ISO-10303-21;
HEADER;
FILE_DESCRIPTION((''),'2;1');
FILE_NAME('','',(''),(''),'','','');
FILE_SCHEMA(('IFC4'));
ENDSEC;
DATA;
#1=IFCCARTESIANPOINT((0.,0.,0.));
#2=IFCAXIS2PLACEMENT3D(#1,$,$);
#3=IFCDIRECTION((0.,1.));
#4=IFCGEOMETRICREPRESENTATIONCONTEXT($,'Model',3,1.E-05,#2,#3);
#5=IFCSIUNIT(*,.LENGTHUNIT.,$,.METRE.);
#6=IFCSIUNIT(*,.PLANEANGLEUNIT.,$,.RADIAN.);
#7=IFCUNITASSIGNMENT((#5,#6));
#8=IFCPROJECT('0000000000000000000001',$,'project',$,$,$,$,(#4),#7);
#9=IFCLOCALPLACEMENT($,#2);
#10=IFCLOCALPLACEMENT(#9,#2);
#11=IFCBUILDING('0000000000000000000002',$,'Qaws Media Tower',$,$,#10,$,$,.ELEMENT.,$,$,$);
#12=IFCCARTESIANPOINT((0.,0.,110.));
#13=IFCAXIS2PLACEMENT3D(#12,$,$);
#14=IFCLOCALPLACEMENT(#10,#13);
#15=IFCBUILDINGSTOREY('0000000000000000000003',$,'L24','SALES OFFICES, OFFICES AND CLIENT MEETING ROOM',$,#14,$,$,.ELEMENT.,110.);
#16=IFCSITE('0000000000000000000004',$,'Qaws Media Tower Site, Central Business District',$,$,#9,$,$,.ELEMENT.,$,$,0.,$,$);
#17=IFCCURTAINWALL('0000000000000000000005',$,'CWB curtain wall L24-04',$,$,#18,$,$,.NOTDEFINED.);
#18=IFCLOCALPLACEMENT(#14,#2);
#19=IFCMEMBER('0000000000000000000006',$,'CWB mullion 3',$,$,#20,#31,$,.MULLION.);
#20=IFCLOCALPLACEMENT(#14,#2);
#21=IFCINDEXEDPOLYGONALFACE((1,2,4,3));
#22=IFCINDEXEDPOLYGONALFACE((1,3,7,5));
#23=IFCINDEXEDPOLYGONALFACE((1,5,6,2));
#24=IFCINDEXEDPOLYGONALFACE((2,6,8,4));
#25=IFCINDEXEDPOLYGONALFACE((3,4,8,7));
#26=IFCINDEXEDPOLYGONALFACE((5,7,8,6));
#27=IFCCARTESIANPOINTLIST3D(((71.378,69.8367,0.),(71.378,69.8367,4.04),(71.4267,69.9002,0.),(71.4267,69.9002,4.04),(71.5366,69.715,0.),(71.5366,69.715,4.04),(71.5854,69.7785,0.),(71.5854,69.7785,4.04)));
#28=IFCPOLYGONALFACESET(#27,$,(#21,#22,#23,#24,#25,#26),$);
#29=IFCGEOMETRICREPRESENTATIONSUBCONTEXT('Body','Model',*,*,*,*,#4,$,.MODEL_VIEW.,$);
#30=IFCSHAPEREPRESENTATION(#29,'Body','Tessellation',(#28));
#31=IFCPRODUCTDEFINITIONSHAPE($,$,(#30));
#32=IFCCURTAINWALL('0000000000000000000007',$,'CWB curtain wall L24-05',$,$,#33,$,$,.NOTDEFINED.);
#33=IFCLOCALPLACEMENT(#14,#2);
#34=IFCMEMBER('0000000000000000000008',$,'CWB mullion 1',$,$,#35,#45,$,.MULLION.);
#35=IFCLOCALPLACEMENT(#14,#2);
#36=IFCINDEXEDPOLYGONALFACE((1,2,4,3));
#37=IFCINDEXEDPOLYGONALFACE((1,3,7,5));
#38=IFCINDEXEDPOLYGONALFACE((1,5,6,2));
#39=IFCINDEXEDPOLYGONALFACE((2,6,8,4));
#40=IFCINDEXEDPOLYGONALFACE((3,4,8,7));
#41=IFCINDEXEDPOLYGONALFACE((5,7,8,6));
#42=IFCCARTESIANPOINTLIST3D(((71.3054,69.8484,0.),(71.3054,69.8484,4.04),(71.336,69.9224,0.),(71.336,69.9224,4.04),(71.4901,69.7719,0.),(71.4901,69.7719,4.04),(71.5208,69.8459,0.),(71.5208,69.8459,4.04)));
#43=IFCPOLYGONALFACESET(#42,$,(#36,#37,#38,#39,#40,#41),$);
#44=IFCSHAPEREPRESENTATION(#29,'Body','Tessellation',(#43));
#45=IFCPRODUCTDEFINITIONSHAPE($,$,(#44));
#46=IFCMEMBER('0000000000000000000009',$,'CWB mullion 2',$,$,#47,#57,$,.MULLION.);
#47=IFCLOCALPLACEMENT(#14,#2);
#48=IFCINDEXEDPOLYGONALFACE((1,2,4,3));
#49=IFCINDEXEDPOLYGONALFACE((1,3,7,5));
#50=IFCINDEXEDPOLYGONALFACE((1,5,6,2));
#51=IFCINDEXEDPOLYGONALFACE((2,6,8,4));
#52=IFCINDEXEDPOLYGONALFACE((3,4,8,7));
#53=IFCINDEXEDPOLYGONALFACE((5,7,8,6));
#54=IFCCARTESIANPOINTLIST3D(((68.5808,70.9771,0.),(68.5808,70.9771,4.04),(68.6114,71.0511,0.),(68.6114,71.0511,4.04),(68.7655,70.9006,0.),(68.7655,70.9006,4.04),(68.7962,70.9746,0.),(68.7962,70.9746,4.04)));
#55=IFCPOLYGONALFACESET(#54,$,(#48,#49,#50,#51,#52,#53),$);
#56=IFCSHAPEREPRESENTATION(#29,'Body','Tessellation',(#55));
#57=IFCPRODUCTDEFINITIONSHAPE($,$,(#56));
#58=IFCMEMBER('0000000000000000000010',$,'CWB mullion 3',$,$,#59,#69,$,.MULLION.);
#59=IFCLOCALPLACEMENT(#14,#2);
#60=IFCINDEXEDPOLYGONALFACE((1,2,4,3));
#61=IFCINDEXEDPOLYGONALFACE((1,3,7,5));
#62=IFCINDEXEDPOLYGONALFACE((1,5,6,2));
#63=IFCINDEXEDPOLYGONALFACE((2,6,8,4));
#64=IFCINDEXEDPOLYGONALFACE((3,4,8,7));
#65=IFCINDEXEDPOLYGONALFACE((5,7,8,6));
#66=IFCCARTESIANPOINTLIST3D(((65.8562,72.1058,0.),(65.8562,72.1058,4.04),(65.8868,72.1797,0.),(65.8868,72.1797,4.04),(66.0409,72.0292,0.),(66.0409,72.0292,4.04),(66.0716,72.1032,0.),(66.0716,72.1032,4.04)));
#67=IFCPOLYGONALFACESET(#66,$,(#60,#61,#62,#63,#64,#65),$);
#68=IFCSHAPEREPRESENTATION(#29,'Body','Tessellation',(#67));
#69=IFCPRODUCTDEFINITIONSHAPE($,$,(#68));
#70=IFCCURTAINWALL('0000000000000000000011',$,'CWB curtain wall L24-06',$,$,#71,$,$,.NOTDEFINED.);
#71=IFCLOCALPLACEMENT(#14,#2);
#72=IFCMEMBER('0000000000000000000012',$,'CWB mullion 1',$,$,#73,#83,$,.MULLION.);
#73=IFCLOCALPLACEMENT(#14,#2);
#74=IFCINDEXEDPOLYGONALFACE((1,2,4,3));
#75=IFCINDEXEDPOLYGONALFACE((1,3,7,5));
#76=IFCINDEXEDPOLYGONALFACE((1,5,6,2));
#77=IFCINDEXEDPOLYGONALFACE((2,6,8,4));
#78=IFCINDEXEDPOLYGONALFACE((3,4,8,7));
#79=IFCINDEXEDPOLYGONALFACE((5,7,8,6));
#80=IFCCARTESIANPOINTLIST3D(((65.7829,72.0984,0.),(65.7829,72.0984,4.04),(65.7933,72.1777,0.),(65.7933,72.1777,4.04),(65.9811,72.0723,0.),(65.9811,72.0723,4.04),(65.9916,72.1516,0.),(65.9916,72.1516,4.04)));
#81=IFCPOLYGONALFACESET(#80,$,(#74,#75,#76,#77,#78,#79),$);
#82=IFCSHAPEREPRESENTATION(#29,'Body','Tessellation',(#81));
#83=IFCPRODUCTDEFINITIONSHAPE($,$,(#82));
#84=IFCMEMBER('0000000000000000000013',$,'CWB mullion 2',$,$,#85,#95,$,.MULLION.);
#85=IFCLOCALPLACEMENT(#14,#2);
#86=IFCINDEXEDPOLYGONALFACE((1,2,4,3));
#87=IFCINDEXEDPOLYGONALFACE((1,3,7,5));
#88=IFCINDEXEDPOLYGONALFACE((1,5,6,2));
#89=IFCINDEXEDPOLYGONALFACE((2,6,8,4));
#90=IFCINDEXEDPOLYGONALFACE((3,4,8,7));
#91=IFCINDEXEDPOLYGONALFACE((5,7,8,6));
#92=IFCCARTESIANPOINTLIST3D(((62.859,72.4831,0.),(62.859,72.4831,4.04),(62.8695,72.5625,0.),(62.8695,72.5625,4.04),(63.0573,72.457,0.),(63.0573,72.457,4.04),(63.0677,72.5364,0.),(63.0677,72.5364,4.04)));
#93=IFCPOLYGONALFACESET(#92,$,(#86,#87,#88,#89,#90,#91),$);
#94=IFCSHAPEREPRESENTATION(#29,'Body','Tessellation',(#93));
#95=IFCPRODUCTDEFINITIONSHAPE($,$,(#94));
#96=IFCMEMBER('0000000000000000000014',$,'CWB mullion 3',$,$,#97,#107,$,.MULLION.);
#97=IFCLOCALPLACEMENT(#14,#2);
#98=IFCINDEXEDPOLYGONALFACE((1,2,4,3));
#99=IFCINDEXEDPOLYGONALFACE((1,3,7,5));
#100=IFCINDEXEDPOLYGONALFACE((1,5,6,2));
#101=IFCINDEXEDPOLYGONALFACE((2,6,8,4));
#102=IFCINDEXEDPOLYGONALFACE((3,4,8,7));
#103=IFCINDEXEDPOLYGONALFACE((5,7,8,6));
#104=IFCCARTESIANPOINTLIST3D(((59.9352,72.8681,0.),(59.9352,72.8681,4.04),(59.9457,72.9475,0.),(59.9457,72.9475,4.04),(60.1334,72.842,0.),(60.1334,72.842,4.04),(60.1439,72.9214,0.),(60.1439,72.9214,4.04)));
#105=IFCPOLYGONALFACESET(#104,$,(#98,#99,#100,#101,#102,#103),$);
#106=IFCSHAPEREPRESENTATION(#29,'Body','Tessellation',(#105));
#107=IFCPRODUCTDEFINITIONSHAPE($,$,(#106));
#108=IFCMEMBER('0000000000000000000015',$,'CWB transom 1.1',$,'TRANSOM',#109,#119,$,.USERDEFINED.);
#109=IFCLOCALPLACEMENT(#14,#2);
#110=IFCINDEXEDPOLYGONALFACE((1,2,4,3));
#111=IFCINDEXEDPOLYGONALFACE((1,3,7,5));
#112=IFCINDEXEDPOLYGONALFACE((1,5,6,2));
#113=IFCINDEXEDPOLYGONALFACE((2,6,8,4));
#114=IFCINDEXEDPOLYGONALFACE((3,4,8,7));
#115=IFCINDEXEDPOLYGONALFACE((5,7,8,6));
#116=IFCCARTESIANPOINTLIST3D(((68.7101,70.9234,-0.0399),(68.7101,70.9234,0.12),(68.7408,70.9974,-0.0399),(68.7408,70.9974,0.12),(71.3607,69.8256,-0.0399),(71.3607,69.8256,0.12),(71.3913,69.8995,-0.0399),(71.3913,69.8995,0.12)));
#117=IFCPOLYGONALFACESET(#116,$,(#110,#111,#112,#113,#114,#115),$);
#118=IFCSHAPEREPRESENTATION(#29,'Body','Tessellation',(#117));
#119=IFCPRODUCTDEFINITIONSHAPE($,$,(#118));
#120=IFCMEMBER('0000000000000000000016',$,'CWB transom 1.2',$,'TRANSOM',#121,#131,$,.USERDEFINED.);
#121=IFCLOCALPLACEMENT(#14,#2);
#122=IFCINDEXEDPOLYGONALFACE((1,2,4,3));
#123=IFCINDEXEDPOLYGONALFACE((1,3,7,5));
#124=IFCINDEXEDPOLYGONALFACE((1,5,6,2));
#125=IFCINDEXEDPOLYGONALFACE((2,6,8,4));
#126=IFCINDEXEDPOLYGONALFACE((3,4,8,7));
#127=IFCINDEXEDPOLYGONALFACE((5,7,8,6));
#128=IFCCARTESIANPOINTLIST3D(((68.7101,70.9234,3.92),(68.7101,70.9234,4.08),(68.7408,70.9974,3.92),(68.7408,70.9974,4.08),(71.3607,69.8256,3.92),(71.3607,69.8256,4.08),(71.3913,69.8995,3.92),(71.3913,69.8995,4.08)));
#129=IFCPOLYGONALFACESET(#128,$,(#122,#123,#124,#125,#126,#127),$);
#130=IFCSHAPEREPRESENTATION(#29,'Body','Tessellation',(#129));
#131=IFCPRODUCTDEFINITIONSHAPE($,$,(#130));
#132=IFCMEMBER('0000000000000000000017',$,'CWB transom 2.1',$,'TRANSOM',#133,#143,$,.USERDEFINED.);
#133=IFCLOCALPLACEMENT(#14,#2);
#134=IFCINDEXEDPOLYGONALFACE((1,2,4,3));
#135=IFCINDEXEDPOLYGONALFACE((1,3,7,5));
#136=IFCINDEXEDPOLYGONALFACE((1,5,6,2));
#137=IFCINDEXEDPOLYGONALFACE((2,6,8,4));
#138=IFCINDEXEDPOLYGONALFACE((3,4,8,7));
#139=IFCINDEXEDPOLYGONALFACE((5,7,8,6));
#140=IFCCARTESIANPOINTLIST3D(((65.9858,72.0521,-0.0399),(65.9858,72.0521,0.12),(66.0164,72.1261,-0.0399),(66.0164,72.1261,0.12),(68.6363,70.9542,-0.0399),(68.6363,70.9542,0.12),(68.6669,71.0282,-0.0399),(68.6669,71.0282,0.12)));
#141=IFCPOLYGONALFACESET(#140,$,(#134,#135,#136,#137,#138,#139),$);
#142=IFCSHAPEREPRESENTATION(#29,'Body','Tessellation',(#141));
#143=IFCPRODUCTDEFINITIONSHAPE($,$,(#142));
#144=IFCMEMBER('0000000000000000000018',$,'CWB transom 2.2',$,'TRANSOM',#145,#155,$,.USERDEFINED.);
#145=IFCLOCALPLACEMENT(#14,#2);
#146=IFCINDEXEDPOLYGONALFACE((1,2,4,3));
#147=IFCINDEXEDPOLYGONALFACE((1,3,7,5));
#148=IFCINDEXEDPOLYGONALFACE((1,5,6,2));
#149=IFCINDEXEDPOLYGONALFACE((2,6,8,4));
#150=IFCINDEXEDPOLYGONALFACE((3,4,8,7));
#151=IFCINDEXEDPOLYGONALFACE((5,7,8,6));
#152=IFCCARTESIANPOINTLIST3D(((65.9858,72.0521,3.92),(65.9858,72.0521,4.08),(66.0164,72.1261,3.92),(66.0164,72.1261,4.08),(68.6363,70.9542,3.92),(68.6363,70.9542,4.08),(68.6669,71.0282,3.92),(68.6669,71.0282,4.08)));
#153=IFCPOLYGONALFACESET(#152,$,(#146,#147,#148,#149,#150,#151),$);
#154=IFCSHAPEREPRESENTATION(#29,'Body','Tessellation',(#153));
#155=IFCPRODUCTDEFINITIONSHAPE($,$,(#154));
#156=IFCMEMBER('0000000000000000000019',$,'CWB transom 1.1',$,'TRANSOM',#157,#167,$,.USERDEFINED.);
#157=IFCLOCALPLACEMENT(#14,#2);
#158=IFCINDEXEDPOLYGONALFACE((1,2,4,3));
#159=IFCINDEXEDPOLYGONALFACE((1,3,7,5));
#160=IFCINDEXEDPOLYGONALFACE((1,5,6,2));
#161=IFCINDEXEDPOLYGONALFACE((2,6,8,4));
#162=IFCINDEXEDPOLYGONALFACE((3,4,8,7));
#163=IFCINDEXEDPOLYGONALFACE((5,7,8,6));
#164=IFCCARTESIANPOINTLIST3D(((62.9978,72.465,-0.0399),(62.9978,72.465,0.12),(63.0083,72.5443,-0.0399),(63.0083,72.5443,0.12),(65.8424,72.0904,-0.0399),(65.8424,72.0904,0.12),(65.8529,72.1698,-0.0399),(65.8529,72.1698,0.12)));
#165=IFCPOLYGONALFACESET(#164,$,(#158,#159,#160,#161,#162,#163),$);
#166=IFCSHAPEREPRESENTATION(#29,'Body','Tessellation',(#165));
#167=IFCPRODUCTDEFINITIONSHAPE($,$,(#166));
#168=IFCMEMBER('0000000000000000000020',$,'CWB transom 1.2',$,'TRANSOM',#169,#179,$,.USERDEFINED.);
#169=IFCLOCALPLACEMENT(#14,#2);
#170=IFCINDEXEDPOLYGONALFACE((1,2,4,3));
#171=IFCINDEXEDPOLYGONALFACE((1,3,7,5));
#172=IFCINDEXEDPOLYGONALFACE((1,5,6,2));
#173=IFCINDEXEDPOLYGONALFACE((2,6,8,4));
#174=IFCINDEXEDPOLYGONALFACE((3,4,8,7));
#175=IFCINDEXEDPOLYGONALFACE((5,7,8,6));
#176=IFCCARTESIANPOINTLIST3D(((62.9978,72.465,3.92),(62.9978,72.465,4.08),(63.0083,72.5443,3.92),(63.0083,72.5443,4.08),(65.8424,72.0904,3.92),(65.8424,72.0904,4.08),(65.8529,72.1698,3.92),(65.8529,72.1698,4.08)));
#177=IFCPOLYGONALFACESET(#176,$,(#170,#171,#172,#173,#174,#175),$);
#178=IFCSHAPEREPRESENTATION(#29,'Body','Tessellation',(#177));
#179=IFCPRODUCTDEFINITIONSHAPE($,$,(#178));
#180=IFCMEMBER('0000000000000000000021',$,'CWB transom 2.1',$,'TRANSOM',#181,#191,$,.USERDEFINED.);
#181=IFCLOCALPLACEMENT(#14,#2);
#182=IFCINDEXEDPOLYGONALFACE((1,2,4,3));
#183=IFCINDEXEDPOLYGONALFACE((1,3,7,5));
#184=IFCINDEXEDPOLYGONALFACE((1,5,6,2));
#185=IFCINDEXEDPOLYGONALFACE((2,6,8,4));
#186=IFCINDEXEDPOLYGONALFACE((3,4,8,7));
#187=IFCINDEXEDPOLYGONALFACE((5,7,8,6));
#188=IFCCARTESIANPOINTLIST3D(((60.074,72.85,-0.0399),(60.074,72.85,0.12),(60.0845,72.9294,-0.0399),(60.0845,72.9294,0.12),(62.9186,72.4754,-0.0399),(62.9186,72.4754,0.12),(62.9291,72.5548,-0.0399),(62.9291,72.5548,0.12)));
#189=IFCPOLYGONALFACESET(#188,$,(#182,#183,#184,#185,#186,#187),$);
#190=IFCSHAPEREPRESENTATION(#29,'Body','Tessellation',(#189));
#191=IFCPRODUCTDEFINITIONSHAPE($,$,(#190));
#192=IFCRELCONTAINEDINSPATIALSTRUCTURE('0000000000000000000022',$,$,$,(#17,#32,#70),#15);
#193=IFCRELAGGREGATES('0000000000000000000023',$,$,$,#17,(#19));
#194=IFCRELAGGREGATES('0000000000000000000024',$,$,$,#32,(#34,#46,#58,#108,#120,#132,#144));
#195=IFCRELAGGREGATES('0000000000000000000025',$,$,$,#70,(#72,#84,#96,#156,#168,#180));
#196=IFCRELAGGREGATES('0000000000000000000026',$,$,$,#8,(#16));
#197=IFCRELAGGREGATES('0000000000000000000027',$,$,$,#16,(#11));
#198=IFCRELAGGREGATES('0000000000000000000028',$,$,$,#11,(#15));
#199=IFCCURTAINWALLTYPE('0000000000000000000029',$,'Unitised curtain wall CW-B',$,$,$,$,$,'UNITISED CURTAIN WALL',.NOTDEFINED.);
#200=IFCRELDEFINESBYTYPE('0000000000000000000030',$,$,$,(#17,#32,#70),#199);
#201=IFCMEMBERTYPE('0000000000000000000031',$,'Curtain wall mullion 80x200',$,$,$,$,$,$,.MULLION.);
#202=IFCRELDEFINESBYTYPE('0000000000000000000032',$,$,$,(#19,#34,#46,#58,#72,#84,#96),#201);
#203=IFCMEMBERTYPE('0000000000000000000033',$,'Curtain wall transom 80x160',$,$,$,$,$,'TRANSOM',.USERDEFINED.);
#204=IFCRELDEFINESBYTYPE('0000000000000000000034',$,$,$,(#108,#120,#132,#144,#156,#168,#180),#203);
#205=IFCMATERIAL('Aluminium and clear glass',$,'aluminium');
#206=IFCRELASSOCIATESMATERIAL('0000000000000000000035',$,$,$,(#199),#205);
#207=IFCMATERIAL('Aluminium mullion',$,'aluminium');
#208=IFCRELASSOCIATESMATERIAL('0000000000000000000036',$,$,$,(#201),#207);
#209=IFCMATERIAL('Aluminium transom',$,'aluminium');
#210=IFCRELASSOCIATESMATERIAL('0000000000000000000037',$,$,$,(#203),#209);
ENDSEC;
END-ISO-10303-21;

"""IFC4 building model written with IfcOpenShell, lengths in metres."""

from ifc_helpers import new_model, si_unit, direction, frame, origin, origin_2d, place, context, subcontext, project, spatial, rectangle, extrude, material, material_profile, profile_set, type_object, element, aggregate, save


model = new_model("IFC4")

# Units and contexts
model_context = context("Model", 3, precision=1e-05, world=origin(), true_north=direction((0.0, 1.0)))
body_context = subcontext(model_context, "Body", "Model", "MODEL_VIEW")
ifc_project = project(units=[si_unit("LENGTHUNIT", "METRE"), si_unit("PLANEANGLEUNIT", "RADIAN")], contexts=[model_context])

# Site, building, storey
site_placement = place(None, origin())
site = spatial("IfcSite", under=ifc_project, at=site_placement, Name="Qaws Media Tower Site, Central Business District", CompositionType="ELEMENT", RefElevation=0.0)
building_placement = place(site_placement, origin())
building = spatial("IfcBuilding", under=site, at=building_placement, Name="Qaws Media Tower", CompositionType="ELEMENT")
storey_placement = place(building_placement, frame((0.0, 0.0, 110.0)))
storey = spatial("IfcBuildingStorey", under=building, at=storey_placement, Name="L24", Description="SALES OFFICES, OFFICES AND CLIENT MEETING ROOM", CompositionType="ELEMENT", Elevation=110.0)

# Curtain wall, member
ifc_material_1 = material(Name="Aluminium and clear glass", Category="aluminium")
curtain_wall_type = type_object("IfcCurtainWallType", Name="Unitised curtain wall CW-B", ElementType="UNITISED CURTAIN WALL", PredefinedType="NOTDEFINED", material=ifc_material_1)
curtain_wall_1_placement = place(storey_placement, origin())
curtain_wall_1 = element("IfcCurtainWall", 1, at=curtain_wall_1_placement, inside=storey, type_object=curtain_wall_type, Name="CWB curtain wall L24-04", PredefinedType="NOTDEFINED")
ifc_material_2 = material(Name="Aluminium mullion", Category="aluminium")
ifc_material_profile_1 = material_profile(ifc_material_2, rectangle(XDim=0.0801, YDim=0.2, at=origin_2d()), Name="80x200")
ifc_profile_set_1 = profile_set([ifc_material_profile_1], Name="Aluminium mullion")
member_type_1 = type_object("IfcMemberType", Name="Curtain wall mullion 80x200", PredefinedType="MULLION", material=ifc_profile_set_1)
member_1_placement = place(storey_placement, frame((71.4817, 69.8076, 0.0), z_axis=(0.0, 0.0, 1.0), x_axis=(-0.608762, -0.793353, 0.0)))
member_1 = element("IfcMember", 2, at=member_1_placement, type_object=member_type_1, Name="CWB mullion 3", PredefinedType="MULLION", context=body_context, shape_type="SweptSolid", body=[
    extrude(rectangle(XDim=0.0801, YDim=0.2, at=origin_2d()), origin(), (0.0, 0.0, 1.0), 4.04),
])
aggregate(curtain_wall_1, [member_1])

# Curtain walls, members
curtain_wall_2_placement = place(storey_placement, origin())
curtain_wall_2 = element("IfcCurtainWall", 3, at=curtain_wall_2_placement, inside=storey, type_object=curtain_wall_type, Name="CWB curtain wall L24-05", PredefinedType="NOTDEFINED")
member_2_placement = place(storey_placement, frame((71.4131, 69.8472, 0.0), z_axis=(0.0, 0.0, 1.0), x_axis=(-0.382683, -0.92388, 0.0)))
member_2 = element("IfcMember", 4, at=member_2_placement, type_object=member_type_1, Name="CWB mullion 1", PredefinedType="MULLION", context=body_context, shape_type="SweptSolid", body=[
    extrude(rectangle(XDim=0.0801, YDim=0.2, at=origin_2d()), origin(), (0.0, 0.0, 1.0), 4.04),
])
member_3_placement = place(storey_placement, frame((68.6885, 70.9758, 0.0), z_axis=(0.0, 0.0, 1.0), x_axis=(-0.382683, -0.92388, 0.0)))
member_3 = element("IfcMember", 5, at=member_3_placement, type_object=member_type_1, Name="CWB mullion 2", PredefinedType="MULLION", context=body_context, shape_type="SweptSolid", body=[
    extrude(rectangle(XDim=0.0801, YDim=0.2, at=origin_2d()), origin(), (0.0, 0.0, 1.0), 4.04),
])
member_4_placement = place(storey_placement, frame((65.9639, 72.1045, 0.0), z_axis=(0.0, 0.0, 1.0), x_axis=(-0.382683, -0.92388, 0.0)))
member_4 = element("IfcMember", 6, at=member_4_placement, type_object=member_type_1, Name="CWB mullion 3", PredefinedType="MULLION", context=body_context, shape_type="SweptSolid", body=[
    extrude(rectangle(XDim=0.0801, YDim=0.2, at=origin_2d()), origin(), (0.0, 0.0, 1.0), 4.04),
])
curtain_wall_3_placement = place(storey_placement, origin())
curtain_wall_3 = element("IfcCurtainWall", 7, at=curtain_wall_3_placement, inside=storey, type_object=curtain_wall_type, Name="CWB curtain wall L24-06", PredefinedType="NOTDEFINED")
member_5_placement = place(storey_placement, frame((65.8872, 72.125, 0.0), z_axis=(0.0, 0.0, 1.0), x_axis=(-0.130526, -0.991445, 0.0)))
member_5 = element("IfcMember", 8, at=member_5_placement, type_object=member_type_1, Name="CWB mullion 1", PredefinedType="MULLION", context=body_context, shape_type="SweptSolid", body=[
    extrude(rectangle(XDim=0.0801, YDim=0.2, at=origin_2d()), origin(), (0.0, 0.0, 1.0), 4.04),
])
member_6_placement = place(storey_placement, frame((62.9634, 72.5098, 0.0), z_axis=(0.0, 0.0, 1.0), x_axis=(-0.130526, -0.991445, 0.0)))
member_6 = element("IfcMember", 9, at=member_6_placement, type_object=member_type_1, Name="CWB mullion 2", PredefinedType="MULLION", context=body_context, shape_type="SweptSolid", body=[
    extrude(rectangle(XDim=0.0801, YDim=0.2, at=origin_2d()), origin(), (0.0, 0.0, 1.0), 4.04),
])
member_7_placement = place(storey_placement, frame((60.0396, 72.8948, 0.0), z_axis=(0.0, 0.0, 1.0), x_axis=(-0.130526, -0.991445, 0.0)))
member_7 = element("IfcMember", 10, at=member_7_placement, type_object=member_type_1, Name="CWB mullion 3", PredefinedType="MULLION", context=body_context, shape_type="SweptSolid", body=[
    extrude(rectangle(XDim=0.0801, YDim=0.2, at=origin_2d()), origin(), (0.0, 0.0, 1.0), 4.04),
])

# Members
ifc_material_3 = material(Name="Aluminium transom", Category="aluminium")
ifc_material_profile_2 = material_profile(ifc_material_3, rectangle(XDim=0.0801, YDim=0.1599, at=origin_2d()), Name="80x160")
ifc_profile_set_2 = profile_set([ifc_material_profile_2], Name="Aluminium transom")
member_type_2 = type_object("IfcMemberType", Name="Curtain wall transom 80x160", ElementType="TRANSOM", PredefinedType="USERDEFINED", material=ifc_profile_set_2)
member_8_placement = place(storey_placement, frame((71.376, 69.8625, 0.04), z_axis=(-0.923883, 0.382675, 0.0), x_axis=(-0.382675, -0.923883, 0.0)))
member_8 = element("IfcMember", 11, at=member_8_placement, type_object=member_type_2, Name="CWB transom 1.1", ObjectType="TRANSOM", PredefinedType="USERDEFINED", context=body_context, shape_type="SweptSolid", body=[
    extrude(rectangle(XDim=0.0801, YDim=0.1599, at=origin_2d()), origin(), (0.0, 0.0, 1.0), 2.8689),
])
member_9_placement = place(storey_placement, frame((71.376, 69.8625, 4.0), z_axis=(-0.923883, 0.382675, 0.0), x_axis=(-0.382675, -0.923883, 0.0)))
member_9 = element("IfcMember", 12, at=member_9_placement, type_object=member_type_2, Name="CWB transom 1.2", ObjectType="TRANSOM", PredefinedType="USERDEFINED", context=body_context, shape_type="SweptSolid", body=[
    extrude(rectangle(XDim=0.0801, YDim=0.1599, at=origin_2d()), origin(), (0.0, 0.0, 1.0), 2.8689),
])
member_10_placement = place(storey_placement, frame((68.6516, 70.9912, 0.04), z_axis=(-0.923883, 0.382675, 0.0), x_axis=(-0.382675, -0.923883, 0.0)))
member_10 = element("IfcMember", 13, at=member_10_placement, type_object=member_type_2, Name="CWB transom 2.1", ObjectType="TRANSOM", PredefinedType="USERDEFINED", context=body_context, shape_type="SweptSolid", body=[
    extrude(rectangle(XDim=0.0801, YDim=0.1599, at=origin_2d()), origin(), (0.0, 0.0, 1.0), 2.8689),
])
member_11_placement = place(storey_placement, frame((68.6516, 70.9912, 4.0), z_axis=(-0.923883, 0.382675, 0.0), x_axis=(-0.382675, -0.923883, 0.0)))
member_11 = element("IfcMember", 14, at=member_11_placement, type_object=member_type_2, Name="CWB transom 2.2", ObjectType="TRANSOM", PredefinedType="USERDEFINED", context=body_context, shape_type="SweptSolid", body=[
    extrude(rectangle(XDim=0.0801, YDim=0.1599, at=origin_2d()), origin(), (0.0, 0.0, 1.0), 2.8689),
])
member_12_placement = place(storey_placement, frame((65.8477, 72.1301, 0.04), z_axis=(-0.991444, 0.130536, 0.0), x_axis=(-0.130536, -0.991444, 0.0)))
member_12 = element("IfcMember", 15, at=member_12_placement, type_object=member_type_2, Name="CWB transom 1.1", ObjectType="TRANSOM", PredefinedType="USERDEFINED", context=body_context, shape_type="SweptSolid", body=[
    extrude(rectangle(XDim=0.0801, YDim=0.1599, at=origin_2d()), origin(), (0.0, 0.0, 1.0), 2.8691),
])
member_13_placement = place(storey_placement, frame((65.8477, 72.1301, 4.0), z_axis=(-0.991444, 0.130536, 0.0), x_axis=(-0.130536, -0.991444, 0.0)))
member_13 = element("IfcMember", 16, at=member_13_placement, type_object=member_type_2, Name="CWB transom 1.2", ObjectType="TRANSOM", PredefinedType="USERDEFINED", context=body_context, shape_type="SweptSolid", body=[
    extrude(rectangle(XDim=0.0801, YDim=0.1599, at=origin_2d()), origin(), (0.0, 0.0, 1.0), 2.8691),
])
member_14_placement = place(storey_placement, frame((62.9238, 72.5151, 0.04), z_axis=(-0.991444, 0.130536, 0.0), x_axis=(-0.130536, -0.991444, 0.0)))
member_14 = element("IfcMember", 17, at=member_14_placement, type_object=member_type_2, Name="CWB transom 2.1", ObjectType="TRANSOM", PredefinedType="USERDEFINED", context=body_context, shape_type="SweptSolid", body=[
    extrude(rectangle(XDim=0.0801, YDim=0.1599, at=origin_2d()), origin(), (0.0, 0.0, 1.0), 2.8691),
])

aggregate(curtain_wall_2, [member_2, member_3, member_4, member_8, member_9, member_10, member_11])
aggregate(curtain_wall_3, [member_5, member_6, member_7, member_12, member_13, member_14])

save(model, "model.ifc")
